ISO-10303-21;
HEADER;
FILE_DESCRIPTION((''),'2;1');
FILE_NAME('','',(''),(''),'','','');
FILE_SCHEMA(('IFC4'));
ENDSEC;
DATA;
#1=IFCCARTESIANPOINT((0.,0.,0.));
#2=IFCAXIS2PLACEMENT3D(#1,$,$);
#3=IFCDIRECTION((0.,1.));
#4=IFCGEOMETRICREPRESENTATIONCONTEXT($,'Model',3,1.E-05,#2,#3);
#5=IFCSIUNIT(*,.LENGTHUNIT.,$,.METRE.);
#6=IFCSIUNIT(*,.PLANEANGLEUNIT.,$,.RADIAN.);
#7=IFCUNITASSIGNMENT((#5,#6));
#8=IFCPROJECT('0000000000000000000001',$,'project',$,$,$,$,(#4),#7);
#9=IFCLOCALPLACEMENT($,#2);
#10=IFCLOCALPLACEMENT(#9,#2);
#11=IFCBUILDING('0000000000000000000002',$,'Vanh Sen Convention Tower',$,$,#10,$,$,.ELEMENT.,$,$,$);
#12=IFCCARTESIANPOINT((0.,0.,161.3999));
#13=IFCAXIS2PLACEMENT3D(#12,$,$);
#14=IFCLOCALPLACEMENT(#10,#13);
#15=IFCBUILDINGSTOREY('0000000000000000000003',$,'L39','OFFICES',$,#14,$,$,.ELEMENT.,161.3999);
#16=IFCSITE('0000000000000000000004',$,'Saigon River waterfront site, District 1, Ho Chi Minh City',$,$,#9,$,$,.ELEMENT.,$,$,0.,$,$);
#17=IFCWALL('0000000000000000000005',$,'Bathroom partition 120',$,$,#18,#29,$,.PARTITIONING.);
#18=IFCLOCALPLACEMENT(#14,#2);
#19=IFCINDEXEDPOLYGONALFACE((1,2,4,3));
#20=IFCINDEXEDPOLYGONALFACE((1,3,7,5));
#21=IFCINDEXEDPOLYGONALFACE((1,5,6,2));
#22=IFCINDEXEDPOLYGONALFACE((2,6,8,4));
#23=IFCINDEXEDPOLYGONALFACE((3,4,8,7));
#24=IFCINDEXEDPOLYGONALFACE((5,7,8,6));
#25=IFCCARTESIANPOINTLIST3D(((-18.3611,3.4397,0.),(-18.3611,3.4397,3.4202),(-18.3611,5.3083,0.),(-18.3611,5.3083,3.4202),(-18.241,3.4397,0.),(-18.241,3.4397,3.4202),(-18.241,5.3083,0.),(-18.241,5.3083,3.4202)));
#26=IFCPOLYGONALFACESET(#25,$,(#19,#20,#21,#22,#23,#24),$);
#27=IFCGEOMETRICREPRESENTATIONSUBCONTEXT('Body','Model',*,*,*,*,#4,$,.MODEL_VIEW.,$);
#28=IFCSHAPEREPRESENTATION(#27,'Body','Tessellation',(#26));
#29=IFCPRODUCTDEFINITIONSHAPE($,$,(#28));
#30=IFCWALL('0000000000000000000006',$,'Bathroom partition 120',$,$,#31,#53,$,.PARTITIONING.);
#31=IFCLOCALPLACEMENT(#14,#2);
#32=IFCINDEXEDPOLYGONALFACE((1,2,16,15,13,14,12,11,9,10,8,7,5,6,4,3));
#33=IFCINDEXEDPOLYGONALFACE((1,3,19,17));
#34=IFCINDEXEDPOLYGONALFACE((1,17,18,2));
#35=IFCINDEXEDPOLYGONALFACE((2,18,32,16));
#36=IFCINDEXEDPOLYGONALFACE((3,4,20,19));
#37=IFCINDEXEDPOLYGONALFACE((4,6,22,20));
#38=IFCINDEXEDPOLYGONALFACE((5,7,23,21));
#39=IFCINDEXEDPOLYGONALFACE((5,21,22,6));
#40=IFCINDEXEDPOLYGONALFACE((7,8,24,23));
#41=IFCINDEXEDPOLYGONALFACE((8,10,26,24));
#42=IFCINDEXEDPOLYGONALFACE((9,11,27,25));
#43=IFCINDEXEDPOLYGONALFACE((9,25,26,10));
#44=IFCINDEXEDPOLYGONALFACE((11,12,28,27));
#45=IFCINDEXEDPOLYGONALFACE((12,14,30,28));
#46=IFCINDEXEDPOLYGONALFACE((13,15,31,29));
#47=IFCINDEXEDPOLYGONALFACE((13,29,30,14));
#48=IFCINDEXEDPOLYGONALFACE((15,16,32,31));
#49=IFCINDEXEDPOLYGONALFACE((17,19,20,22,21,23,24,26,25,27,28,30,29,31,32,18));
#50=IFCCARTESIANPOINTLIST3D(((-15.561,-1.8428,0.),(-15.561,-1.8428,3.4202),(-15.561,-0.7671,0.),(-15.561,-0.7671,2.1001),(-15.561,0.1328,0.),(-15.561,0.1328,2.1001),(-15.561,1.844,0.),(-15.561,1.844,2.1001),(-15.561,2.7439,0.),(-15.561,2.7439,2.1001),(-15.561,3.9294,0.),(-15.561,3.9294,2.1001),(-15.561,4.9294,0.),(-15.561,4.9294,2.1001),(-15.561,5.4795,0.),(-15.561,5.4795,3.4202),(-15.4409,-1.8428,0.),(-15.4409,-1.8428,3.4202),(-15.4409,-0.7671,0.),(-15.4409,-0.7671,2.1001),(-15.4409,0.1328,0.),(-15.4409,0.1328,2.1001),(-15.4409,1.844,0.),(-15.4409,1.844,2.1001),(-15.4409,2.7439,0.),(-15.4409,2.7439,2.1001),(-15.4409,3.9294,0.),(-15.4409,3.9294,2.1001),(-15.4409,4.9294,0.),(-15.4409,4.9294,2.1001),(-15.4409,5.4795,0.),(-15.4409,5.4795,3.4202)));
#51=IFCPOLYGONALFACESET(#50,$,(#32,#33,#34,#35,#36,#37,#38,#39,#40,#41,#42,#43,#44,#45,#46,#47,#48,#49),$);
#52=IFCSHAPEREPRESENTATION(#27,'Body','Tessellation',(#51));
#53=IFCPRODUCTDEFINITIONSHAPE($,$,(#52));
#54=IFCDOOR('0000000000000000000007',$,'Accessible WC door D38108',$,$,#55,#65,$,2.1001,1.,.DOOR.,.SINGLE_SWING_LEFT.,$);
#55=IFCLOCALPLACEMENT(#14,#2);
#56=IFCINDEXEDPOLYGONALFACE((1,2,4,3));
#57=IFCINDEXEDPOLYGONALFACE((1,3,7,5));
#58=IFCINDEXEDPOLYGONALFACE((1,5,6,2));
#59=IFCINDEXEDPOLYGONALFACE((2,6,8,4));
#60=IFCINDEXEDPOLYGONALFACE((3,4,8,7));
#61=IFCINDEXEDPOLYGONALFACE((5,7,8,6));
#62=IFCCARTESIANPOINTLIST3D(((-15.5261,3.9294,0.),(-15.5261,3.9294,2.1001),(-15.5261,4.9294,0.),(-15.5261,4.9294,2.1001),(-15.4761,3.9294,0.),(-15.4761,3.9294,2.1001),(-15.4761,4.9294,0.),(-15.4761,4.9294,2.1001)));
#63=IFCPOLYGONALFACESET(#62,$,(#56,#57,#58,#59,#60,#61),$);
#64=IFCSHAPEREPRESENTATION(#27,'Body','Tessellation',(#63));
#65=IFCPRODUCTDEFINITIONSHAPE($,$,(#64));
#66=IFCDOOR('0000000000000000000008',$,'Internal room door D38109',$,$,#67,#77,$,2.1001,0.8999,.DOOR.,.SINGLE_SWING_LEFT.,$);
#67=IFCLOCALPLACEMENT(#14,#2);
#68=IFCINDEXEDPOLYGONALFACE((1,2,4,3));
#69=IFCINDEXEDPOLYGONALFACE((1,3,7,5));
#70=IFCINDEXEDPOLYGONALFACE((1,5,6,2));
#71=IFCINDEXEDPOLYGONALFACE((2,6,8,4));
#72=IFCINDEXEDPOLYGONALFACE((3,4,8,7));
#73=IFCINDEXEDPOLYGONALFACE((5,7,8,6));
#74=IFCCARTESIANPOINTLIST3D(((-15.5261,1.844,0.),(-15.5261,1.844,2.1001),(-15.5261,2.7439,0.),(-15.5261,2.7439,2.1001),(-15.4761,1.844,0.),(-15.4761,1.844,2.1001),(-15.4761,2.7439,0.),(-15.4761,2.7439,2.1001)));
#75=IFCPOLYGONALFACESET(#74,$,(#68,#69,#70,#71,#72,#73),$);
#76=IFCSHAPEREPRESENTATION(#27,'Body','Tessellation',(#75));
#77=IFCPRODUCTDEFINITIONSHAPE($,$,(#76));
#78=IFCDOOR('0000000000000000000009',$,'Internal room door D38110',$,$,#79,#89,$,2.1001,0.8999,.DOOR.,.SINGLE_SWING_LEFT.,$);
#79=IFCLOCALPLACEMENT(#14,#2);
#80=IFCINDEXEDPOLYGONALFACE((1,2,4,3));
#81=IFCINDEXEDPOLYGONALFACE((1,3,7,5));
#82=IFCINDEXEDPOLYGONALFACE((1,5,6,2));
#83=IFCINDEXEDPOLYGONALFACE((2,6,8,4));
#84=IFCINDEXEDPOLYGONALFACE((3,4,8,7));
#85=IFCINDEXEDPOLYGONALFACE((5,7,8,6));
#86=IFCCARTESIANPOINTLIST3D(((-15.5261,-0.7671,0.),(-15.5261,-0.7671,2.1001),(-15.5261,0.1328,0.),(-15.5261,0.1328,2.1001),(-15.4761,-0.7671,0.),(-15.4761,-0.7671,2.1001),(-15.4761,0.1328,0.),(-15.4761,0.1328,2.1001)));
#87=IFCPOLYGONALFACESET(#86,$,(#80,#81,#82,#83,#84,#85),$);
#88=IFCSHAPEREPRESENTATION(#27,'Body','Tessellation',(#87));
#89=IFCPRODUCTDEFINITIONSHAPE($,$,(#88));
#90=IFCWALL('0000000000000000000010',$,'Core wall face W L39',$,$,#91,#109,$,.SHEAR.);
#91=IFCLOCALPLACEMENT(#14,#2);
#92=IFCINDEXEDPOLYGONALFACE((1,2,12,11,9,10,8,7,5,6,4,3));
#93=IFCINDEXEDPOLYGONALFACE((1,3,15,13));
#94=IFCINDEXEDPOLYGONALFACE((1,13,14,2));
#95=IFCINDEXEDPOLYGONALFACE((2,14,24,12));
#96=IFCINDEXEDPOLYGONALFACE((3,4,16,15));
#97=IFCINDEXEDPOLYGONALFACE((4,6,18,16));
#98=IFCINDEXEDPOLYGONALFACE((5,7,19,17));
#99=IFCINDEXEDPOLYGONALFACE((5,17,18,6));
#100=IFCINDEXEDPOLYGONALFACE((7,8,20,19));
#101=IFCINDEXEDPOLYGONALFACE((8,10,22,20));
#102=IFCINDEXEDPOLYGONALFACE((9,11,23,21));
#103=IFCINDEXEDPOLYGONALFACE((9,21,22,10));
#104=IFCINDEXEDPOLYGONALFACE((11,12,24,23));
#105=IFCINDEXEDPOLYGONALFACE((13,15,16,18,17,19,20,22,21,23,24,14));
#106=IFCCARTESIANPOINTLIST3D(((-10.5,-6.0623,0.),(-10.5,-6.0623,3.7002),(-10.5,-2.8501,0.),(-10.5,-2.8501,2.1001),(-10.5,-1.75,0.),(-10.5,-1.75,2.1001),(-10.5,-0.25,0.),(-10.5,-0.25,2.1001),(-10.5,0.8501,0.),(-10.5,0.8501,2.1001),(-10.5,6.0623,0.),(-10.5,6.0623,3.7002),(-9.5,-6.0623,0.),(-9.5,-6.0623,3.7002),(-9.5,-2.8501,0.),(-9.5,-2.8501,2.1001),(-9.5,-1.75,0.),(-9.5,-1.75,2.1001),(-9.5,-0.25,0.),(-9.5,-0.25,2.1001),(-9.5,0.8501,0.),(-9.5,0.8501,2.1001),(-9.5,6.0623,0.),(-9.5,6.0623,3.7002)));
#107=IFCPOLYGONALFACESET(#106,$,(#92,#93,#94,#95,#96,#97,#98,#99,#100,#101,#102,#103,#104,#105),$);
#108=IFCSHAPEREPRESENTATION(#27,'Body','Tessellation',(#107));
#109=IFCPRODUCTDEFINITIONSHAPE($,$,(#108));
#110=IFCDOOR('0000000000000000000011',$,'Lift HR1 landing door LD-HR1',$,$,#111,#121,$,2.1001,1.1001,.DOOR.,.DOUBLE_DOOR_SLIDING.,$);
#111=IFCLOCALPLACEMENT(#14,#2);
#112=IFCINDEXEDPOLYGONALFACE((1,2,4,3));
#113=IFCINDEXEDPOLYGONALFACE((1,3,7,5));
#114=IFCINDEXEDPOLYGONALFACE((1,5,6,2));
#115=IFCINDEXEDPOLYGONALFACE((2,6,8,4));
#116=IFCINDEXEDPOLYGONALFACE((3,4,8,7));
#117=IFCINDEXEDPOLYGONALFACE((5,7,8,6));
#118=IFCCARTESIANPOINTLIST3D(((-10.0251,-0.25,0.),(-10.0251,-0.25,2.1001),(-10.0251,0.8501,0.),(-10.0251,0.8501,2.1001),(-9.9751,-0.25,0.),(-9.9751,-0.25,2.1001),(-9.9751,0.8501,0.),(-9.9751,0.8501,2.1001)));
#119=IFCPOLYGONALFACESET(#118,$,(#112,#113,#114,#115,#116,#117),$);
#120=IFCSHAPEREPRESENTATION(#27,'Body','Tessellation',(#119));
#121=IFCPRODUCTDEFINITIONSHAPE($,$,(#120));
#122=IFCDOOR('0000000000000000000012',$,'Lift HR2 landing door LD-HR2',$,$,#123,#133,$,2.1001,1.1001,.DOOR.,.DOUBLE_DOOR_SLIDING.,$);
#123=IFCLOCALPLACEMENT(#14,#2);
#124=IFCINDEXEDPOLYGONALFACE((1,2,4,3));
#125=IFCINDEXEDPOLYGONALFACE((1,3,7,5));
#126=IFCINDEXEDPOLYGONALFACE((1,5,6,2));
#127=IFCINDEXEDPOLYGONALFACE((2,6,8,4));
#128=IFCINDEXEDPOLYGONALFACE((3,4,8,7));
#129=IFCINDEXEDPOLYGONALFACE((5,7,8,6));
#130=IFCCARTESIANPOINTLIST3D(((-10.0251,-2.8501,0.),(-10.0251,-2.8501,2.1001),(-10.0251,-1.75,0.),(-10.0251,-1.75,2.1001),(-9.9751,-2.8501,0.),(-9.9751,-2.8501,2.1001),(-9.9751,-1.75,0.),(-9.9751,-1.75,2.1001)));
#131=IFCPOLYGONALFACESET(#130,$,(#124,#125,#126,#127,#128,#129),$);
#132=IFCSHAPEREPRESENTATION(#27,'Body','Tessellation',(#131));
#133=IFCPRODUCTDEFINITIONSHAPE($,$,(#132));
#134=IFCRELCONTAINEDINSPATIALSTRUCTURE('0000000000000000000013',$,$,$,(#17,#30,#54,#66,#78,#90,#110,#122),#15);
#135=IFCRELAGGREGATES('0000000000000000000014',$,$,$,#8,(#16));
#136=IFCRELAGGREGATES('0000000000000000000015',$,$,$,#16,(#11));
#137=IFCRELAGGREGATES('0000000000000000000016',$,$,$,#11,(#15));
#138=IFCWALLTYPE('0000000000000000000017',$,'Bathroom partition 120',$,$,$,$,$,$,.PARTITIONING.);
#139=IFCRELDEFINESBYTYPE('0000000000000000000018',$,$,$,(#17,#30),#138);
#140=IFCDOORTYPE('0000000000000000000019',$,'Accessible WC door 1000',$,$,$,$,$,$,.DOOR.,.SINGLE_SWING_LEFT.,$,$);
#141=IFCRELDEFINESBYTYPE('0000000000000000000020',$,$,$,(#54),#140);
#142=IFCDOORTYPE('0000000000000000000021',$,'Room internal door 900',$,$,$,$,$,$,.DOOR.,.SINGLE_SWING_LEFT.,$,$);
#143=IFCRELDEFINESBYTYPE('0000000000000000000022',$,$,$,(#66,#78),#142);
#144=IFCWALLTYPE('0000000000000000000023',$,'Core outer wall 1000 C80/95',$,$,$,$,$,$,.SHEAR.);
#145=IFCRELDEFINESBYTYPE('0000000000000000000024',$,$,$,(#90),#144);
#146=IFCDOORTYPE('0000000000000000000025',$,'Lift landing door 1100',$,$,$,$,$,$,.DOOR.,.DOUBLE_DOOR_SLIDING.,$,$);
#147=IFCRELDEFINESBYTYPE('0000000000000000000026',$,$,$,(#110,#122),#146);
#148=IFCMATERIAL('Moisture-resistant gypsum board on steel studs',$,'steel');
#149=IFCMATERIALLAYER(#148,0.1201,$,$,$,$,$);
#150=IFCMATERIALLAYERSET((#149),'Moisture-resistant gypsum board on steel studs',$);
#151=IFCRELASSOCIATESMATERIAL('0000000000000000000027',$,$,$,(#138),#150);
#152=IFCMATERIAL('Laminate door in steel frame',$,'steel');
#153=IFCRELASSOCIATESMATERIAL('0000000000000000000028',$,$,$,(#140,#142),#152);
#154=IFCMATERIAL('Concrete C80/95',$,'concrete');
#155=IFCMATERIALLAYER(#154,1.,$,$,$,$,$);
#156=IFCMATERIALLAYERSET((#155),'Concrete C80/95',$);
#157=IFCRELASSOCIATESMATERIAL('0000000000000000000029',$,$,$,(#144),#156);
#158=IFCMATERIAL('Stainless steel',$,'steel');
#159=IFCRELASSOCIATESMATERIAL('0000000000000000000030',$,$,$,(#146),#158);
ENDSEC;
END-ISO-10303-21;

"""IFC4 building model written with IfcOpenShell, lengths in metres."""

from ifc_helpers import new_model, si_unit, direction, frame, frame_2d, origin, place, context, subcontext, project, spatial, rectangle, extrude, material, layer, layer_set, type_object, element, fill, save


model = new_model("IFC4")

# Units and contexts
model_context = context("Model", 3, precision=1e-05, world=origin(), true_north=direction((0.0, 1.0)))
body_context = subcontext(model_context, "Body", "Model", "MODEL_VIEW")
ifc_project = project(units=[si_unit("LENGTHUNIT", "METRE"), si_unit("PLANEANGLEUNIT", "RADIAN")], contexts=[model_context])

# Site, building, storey
site_placement = place(None, origin())
site = spatial("IfcSite", under=ifc_project, at=site_placement, Name="Saigon River waterfront site, District 1, Ho Chi Minh City", CompositionType="ELEMENT", RefElevation=0.0)
building_placement = place(site_placement, origin())
building = spatial("IfcBuilding", under=site, at=building_placement, Name="Vanh Sen Convention Tower", CompositionType="ELEMENT")
storey_placement = place(building_placement, frame((0.0, 0.0, 161.3999)))
storey = spatial("IfcBuildingStorey", under=building, at=storey_placement, Name="L39", Description="OFFICES", CompositionType="ELEMENT", Elevation=161.3999)

# Wall
ifc_material_1 = material(Name="Moisture-resistant gypsum board on steel studs", Category="steel")
ifc_layer_1 = layer(ifc_material_1, 0.1201)
ifc_layer_set_1 = layer_set([ifc_layer_1], Name="Moisture-resistant gypsum board on steel studs")
wall_type_1 = type_object("IfcWallType", Name="Bathroom partition 120", PredefinedType="PARTITIONING", material=ifc_layer_set_1)
wall_1_placement = place(storey_placement, frame((-18.301, 5.3083, 0.0), z_axis=(0.0, 0.0, 1.0), x_axis=(0.0, -1.0, 0.0)))
element("IfcWall", 1, at=wall_1_placement, inside=storey, type_object=wall_type_1, Name="Bathroom partition 120", PredefinedType="PARTITIONING", context=body_context, shape_type="SweptSolid", body=[
    extrude(rectangle(XDim=1.8687, YDim=0.1201, at=frame_2d((0.9343, 0.0))), origin(), (0.0, 0.0, 1.0), 3.4202),
])

# Walls, openings, doors
wall_2_placement = place(storey_placement, frame((-15.501, 5.4795, 0.0), z_axis=(0.0, 0.0, 1.0), x_axis=(0.0, -1.0, 0.0)))
wall_2 = element("IfcWall", 2, at=wall_2_placement, inside=storey, type_object=wall_type_1, Name="Bathroom partition 120", PredefinedType="PARTITIONING", context=body_context, shape_type="SweptSolid", body=[
    extrude(rectangle(XDim=7.3223, YDim=0.1201, at=frame_2d((3.6611, 0.0))), origin(), (0.0, 0.0, 1.0), 3.4202),
])
opening_1_placement = place(wall_2_placement, frame((0.55, 0.0, 0.0)))
opening_1 = element("IfcOpeningElement", 3, at=opening_1_placement, cuts=wall_2, PredefinedType="OPENING", context=body_context, shape_type="SweptSolid", body=[
    extrude(rectangle(XDim=1.0, YDim=2.1001, at=frame_2d((0.5, 1.05))), frame((0.0, 0.0701, 0.0), z_axis=(0.0, -1.0, 0.0), x_axis=(1.0, 0.0, 0.0)), (0.0, 0.0, 1.0), 0.1401),
])
opening_2_placement = place(wall_2_placement, frame((2.7356, 0.0, 0.0)))
opening_2 = element("IfcOpeningElement", 4, at=opening_2_placement, cuts=wall_2, PredefinedType="OPENING", context=body_context, shape_type="SweptSolid", body=[
    extrude(rectangle(XDim=0.8999, YDim=2.1001, at=frame_2d((0.45, 1.05))), frame((0.0, 0.0701, 0.0), z_axis=(0.0, -1.0, 0.0), x_axis=(1.0, 0.0, 0.0)), (0.0, 0.0, 1.0), 0.1401),
])
opening_3_placement = place(wall_2_placement, frame((5.3467, 0.0, 0.0)))
opening_3 = element("IfcOpeningElement", 5, at=opening_3_placement, cuts=wall_2, PredefinedType="OPENING", context=body_context, shape_type="SweptSolid", body=[
    extrude(rectangle(XDim=0.8999, YDim=2.1001, at=frame_2d((0.45, 1.05))), frame((0.0, 0.0701, 0.0), z_axis=(0.0, -1.0, 0.0), x_axis=(1.0, 0.0, 0.0)), (0.0, 0.0, 1.0), 0.1401),
])
ifc_material_2 = material(Name="Laminate door in steel frame", Category="steel")
door_type_1 = type_object("IfcDoorType", Name="Accessible WC door 1000", OperationType="SINGLE_SWING_LEFT", PredefinedType="DOOR", material=ifc_material_2)
door_1_placement = place(opening_1_placement, origin())
door_1 = element("IfcDoor", 6, at=door_1_placement, inside=storey, type_object=door_type_1, Name="Accessible WC door D38108", OperationType="SINGLE_SWING_LEFT", OverallHeight=2.1001, OverallWidth=1.0, PredefinedType="DOOR", context=body_context, shape_type="SweptSolid", body=[
    extrude(rectangle(XDim=1.0, YDim=2.1001, at=frame_2d((0.5, 1.05))), frame((0.0, 0.0249, 0.0), z_axis=(0.0, -1.0, 0.0), x_axis=(1.0, 0.0, 0.0)), (0.0, 0.0, 1.0), 0.05),
])
fill(opening_1, door_1)
door_type_2 = type_object("IfcDoorType", Name="Room internal door 900", OperationType="SINGLE_SWING_LEFT", PredefinedType="DOOR", material=ifc_material_2)
door_2_placement = place(opening_2_placement, origin())
door_2 = element("IfcDoor", 7, at=door_2_placement, inside=storey, type_object=door_type_2, Name="Internal room door D38109", OperationType="SINGLE_SWING_LEFT", OverallHeight=2.1001, OverallWidth=0.8999, PredefinedType="DOOR", context=body_context, shape_type="SweptSolid", body=[
    extrude(rectangle(XDim=0.8999, YDim=2.1001, at=frame_2d((0.45, 1.05))), frame((0.0, 0.0249, 0.0), z_axis=(0.0, -1.0, 0.0), x_axis=(1.0, 0.0, 0.0)), (0.0, 0.0, 1.0), 0.05),
])
fill(opening_2, door_2)
door_3_placement = place(opening_3_placement, origin())
door_3 = element("IfcDoor", 8, at=door_3_placement, inside=storey, type_object=door_type_2, Name="Internal room door D38110", OperationType="SINGLE_SWING_LEFT", OverallHeight=2.1001, OverallWidth=0.8999, PredefinedType="DOOR", context=body_context, shape_type="SweptSolid", body=[
    extrude(rectangle(XDim=0.8999, YDim=2.1001, at=frame_2d((0.45, 1.05))), frame((0.0, 0.0249, 0.0), z_axis=(0.0, -1.0, 0.0), x_axis=(1.0, 0.0, 0.0)), (0.0, 0.0, 1.0), 0.05),
])
fill(opening_3, door_3)
ifc_material_3 = material(Name="Concrete C80/95", Category="concrete")
ifc_layer_2 = layer(ifc_material_3, 1.0)
ifc_layer_set_2 = layer_set([ifc_layer_2], Name="Concrete C80/95")
wall_type_2 = type_object("IfcWallType", Name="Core outer wall 1000 C80/95", PredefinedType="SHEAR", material=ifc_layer_set_2)
wall_3_placement = place(storey_placement, frame((-10.0, 6.0623, 0.0), z_axis=(0.0, 0.0, 1.0), x_axis=(0.0, -1.0, 0.0)))
wall_3 = element("IfcWall", 9, at=wall_3_placement, inside=storey, type_object=wall_type_2, Name="Core wall face W L39", PredefinedType="SHEAR", context=body_context, shape_type="SweptSolid", body=[
    extrude(rectangle(XDim=12.1245, YDim=1.0, at=frame_2d((6.0623, 0.0))), origin(), (0.0, 0.0, 1.0), 3.7002),
])
opening_4_placement = place(wall_3_placement, frame((5.2122, 0.0, 0.0)))
opening_4 = element("IfcOpeningElement", 10, at=opening_4_placement, cuts=wall_3, PredefinedType="OPENING", context=body_context, shape_type="SweptSolid", body=[
    extrude(rectangle(XDim=1.1001, YDim=2.1001, at=frame_2d((0.55, 1.05))), frame((0.0, 0.51, 0.0), z_axis=(0.0, -1.0, 0.0), x_axis=(1.0, 0.0, 0.0)), (0.0, 0.0, 1.0), 1.02),
])
opening_5_placement = place(wall_3_placement, frame((7.8123, 0.0, 0.0)))
opening_5 = element("IfcOpeningElement", 11, at=opening_5_placement, cuts=wall_3, PredefinedType="OPENING", context=body_context, shape_type="SweptSolid", body=[
    extrude(rectangle(XDim=1.1001, YDim=2.1001, at=frame_2d((0.55, 1.05))), frame((0.0, 0.51, 0.0), z_axis=(0.0, -1.0, 0.0), x_axis=(1.0, 0.0, 0.0)), (0.0, 0.0, 1.0), 1.02),
])
ifc_material_4 = material(Name="Stainless steel", Category="steel")
door_type_3 = type_object("IfcDoorType", Name="Lift landing door 1100", OperationType="DOUBLE_DOOR_SLIDING", PredefinedType="DOOR", material=ifc_material_4)
door_4_placement = place(opening_4_placement, origin())
door_4 = element("IfcDoor", 12, at=door_4_placement, inside=storey, type_object=door_type_3, Name="Lift HR1 landing door LD-HR1", OperationType="DOUBLE_DOOR_SLIDING", OverallHeight=2.1001, OverallWidth=1.1001, PredefinedType="DOOR", context=body_context, shape_type="SweptSolid", body=[
    extrude(rectangle(XDim=1.1001, YDim=2.1001, at=frame_2d((0.55, 1.05))), frame((0.0, 0.0249, 0.0), z_axis=(0.0, -1.0, 0.0), x_axis=(1.0, 0.0, 0.0)), (0.0, 0.0, 1.0), 0.05),
])
fill(opening_4, door_4)
door_5_placement = place(opening_5_placement, origin())
door_5 = element("IfcDoor", 13, at=door_5_placement, inside=storey, type_object=door_type_3, Name="Lift HR2 landing door LD-HR2", OperationType="DOUBLE_DOOR_SLIDING", OverallHeight=2.1001, OverallWidth=1.1001, PredefinedType="DOOR", context=body_context, shape_type="SweptSolid", body=[
    extrude(rectangle(XDim=1.1001, YDim=2.1001, at=frame_2d((0.55, 1.05))), frame((0.0, 0.0249, 0.0), z_axis=(0.0, -1.0, 0.0), x_axis=(1.0, 0.0, 0.0)), (0.0, 0.0, 1.0), 0.05),
])
fill(opening_5, door_5)

save(model, "model.ifc")
